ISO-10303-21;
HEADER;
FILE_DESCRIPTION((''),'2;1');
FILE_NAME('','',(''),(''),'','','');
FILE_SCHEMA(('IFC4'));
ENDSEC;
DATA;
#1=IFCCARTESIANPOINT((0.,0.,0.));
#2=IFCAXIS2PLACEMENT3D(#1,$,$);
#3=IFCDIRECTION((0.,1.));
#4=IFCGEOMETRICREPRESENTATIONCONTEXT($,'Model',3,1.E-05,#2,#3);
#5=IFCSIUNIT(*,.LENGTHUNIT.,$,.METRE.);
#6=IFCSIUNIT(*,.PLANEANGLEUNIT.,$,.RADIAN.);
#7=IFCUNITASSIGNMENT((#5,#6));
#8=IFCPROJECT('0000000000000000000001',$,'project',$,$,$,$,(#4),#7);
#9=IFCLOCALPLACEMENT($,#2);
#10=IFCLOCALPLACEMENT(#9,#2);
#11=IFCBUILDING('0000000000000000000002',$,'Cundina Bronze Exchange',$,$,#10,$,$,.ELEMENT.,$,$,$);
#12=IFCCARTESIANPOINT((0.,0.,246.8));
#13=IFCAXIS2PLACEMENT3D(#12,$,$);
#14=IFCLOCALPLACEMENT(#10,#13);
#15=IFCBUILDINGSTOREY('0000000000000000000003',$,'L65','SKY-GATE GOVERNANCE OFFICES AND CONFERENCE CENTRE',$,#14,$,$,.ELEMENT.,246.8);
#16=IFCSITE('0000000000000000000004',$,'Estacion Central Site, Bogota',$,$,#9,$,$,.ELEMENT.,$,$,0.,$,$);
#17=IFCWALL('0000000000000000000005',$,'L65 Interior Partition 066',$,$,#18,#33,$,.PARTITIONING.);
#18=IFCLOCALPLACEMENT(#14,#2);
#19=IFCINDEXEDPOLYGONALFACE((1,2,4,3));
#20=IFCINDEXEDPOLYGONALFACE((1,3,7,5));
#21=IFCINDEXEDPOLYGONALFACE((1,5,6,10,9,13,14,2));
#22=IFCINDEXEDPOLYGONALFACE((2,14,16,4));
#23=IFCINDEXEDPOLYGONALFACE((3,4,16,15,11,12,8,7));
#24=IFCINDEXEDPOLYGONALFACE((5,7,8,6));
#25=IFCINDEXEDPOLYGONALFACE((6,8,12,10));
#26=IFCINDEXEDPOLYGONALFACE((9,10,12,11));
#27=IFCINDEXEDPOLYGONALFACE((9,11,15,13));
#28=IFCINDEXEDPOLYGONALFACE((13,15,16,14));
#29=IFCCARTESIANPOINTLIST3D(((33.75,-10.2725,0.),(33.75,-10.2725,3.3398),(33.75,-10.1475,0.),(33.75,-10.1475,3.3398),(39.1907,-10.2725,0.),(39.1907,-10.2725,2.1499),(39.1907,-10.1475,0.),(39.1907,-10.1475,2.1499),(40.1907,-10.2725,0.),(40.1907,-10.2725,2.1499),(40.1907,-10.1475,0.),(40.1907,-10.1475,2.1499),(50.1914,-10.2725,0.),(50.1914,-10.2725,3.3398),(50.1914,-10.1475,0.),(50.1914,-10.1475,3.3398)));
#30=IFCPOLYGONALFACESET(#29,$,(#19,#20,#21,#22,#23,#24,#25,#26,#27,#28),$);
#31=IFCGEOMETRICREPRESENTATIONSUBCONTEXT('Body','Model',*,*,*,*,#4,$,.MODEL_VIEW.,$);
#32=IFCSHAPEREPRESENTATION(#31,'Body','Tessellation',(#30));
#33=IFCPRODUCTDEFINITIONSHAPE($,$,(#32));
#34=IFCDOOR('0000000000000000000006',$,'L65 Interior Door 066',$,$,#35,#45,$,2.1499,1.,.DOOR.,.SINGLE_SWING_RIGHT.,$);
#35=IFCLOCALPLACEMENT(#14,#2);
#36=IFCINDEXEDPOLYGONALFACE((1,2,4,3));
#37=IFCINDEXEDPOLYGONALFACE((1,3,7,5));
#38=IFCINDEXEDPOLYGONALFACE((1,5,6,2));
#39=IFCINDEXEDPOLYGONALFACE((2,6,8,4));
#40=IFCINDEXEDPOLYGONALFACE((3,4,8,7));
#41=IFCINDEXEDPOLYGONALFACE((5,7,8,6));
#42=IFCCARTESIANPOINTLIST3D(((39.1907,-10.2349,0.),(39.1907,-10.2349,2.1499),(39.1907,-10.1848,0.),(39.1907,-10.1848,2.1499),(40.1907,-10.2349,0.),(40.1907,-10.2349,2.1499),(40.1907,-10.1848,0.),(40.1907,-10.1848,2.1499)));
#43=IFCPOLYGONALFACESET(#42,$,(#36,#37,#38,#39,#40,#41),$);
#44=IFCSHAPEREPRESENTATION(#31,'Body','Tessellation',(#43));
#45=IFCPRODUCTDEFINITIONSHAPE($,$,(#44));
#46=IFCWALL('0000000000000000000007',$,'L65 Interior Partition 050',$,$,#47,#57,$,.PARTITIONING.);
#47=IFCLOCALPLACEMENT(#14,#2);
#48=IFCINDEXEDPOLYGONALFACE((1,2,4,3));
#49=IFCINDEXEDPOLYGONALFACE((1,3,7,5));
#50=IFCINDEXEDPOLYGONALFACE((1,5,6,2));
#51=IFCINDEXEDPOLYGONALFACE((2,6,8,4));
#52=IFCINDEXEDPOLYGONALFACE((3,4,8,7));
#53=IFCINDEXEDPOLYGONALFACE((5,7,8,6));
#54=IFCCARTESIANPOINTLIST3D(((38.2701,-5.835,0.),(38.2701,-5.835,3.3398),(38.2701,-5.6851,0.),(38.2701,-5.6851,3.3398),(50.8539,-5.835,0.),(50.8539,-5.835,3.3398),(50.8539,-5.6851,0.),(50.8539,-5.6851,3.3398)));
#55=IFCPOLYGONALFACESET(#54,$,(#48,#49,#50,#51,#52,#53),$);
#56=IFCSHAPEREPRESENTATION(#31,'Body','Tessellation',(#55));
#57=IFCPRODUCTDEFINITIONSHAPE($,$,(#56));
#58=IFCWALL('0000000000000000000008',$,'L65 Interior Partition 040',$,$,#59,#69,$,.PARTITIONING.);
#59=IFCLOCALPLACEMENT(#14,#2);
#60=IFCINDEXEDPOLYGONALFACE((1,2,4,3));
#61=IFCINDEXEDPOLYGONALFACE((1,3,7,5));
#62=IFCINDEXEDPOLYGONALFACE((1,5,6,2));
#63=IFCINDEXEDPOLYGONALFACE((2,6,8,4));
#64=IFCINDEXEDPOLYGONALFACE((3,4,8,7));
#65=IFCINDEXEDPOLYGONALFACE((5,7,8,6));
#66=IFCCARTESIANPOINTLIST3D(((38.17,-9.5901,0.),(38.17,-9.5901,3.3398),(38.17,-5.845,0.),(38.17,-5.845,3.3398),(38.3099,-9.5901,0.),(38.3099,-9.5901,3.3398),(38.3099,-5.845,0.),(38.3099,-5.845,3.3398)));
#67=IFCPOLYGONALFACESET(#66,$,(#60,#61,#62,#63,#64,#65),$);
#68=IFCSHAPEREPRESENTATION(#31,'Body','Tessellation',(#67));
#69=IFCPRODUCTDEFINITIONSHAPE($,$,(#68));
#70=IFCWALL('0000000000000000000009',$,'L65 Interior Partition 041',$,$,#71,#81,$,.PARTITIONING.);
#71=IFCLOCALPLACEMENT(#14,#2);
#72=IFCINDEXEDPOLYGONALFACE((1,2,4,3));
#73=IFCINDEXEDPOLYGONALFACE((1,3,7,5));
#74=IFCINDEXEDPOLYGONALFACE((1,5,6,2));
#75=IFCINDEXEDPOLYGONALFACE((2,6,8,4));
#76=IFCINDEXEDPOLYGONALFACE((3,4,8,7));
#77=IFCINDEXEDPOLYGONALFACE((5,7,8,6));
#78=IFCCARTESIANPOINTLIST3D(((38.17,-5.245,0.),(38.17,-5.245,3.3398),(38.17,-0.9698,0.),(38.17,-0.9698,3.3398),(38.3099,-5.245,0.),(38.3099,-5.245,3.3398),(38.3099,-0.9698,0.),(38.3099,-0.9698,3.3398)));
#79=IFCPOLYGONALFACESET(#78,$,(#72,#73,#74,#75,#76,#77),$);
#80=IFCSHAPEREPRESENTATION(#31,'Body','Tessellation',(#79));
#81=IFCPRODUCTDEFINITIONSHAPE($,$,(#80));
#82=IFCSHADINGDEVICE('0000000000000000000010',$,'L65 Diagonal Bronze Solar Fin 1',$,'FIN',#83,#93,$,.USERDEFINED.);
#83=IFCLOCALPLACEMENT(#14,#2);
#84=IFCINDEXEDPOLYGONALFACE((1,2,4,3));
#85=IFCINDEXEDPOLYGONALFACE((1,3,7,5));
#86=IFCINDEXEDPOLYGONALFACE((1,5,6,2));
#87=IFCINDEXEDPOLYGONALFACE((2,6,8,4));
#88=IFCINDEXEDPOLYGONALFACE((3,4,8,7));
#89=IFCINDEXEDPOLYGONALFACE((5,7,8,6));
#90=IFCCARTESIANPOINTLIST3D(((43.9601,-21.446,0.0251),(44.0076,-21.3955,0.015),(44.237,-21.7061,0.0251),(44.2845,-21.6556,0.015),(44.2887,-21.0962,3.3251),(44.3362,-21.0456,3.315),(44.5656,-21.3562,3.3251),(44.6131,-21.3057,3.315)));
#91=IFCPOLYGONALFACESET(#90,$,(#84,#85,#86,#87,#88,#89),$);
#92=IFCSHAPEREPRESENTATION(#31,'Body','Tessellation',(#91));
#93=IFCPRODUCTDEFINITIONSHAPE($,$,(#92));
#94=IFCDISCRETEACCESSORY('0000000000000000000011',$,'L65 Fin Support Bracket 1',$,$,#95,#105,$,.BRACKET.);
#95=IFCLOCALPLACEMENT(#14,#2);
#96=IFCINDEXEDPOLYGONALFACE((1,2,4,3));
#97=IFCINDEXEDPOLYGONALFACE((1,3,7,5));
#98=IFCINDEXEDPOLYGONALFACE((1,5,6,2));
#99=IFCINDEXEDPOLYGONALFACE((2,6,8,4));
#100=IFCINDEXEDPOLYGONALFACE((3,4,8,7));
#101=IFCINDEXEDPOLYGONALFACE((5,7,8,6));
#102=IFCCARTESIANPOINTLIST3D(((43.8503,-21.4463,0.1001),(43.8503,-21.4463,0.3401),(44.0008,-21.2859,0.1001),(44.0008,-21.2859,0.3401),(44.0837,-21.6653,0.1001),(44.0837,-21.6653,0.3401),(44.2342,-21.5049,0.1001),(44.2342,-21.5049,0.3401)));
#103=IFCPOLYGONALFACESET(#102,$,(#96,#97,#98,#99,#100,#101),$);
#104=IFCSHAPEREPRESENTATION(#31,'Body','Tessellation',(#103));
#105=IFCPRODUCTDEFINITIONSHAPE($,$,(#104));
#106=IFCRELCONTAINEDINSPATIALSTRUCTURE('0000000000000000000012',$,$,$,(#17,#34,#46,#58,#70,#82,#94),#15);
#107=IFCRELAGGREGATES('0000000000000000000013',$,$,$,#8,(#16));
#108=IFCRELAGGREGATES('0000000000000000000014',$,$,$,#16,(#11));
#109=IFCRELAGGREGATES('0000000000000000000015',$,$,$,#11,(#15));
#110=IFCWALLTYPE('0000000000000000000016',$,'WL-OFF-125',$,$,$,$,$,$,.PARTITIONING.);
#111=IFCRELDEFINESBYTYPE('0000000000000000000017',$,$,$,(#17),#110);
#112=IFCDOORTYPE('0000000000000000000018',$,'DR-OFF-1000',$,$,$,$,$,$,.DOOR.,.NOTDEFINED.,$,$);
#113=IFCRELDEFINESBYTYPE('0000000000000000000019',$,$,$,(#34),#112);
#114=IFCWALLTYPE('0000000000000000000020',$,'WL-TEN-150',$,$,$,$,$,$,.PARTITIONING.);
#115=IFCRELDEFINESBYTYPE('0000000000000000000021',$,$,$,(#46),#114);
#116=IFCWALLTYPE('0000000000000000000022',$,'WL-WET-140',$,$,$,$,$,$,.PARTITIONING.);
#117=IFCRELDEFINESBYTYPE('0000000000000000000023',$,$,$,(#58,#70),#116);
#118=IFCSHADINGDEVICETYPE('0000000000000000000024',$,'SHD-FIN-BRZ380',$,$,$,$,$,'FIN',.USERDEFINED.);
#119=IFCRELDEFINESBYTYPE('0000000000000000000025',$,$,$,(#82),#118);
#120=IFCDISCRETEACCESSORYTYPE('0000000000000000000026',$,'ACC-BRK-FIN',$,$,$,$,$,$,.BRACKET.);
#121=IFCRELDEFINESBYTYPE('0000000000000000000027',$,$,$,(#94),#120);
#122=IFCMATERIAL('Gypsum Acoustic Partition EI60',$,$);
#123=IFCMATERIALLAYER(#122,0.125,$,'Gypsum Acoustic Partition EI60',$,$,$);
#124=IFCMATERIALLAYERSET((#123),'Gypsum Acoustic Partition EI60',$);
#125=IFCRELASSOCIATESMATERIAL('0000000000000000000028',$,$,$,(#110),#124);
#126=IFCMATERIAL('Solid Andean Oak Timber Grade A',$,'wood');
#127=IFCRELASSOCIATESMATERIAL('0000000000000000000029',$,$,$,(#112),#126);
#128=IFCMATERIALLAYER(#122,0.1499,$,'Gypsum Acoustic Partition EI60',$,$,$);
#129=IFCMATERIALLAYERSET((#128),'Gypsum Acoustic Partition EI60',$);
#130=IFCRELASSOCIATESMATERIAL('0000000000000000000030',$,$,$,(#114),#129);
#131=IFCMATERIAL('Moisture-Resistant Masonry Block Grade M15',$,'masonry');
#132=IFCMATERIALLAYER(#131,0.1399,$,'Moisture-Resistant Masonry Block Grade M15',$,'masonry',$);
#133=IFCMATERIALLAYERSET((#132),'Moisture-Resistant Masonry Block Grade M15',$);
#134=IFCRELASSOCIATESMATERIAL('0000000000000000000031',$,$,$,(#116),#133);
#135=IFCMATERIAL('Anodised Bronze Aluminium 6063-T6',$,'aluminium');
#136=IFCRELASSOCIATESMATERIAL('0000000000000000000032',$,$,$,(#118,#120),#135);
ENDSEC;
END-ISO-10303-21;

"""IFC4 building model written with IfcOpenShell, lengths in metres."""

from ifc_helpers import new_model, si_unit, direction, frame, frame_2d, origin, origin_2d, place, context, subcontext, project, spatial, rectangle, extrude, material, layer, layer_set, material_profile, profile_set, type_object, element, fill, save


model = new_model("IFC4")

# Units and contexts
model_context = context("Model", 3, precision=1e-05, world=origin(), true_north=direction((0.0, 1.0)))
body_context = subcontext(model_context, "Body", "Model", "MODEL_VIEW")
ifc_project = project(units=[si_unit("LENGTHUNIT", "METRE"), si_unit("PLANEANGLEUNIT", "RADIAN")], contexts=[model_context])

# Site, building, storey
site_placement = place(None, origin())
site = spatial("IfcSite", under=ifc_project, at=site_placement, Name="Estacion Central Site, Bogota", CompositionType="ELEMENT", RefElevation=0.0)
building_placement = place(site_placement, origin())
building = spatial("IfcBuilding", under=site, at=building_placement, Name="Cundina Bronze Exchange", CompositionType="ELEMENT")
storey_placement = place(building_placement, frame((0.0, 0.0, 246.8)))
storey = spatial("IfcBuildingStorey", under=building, at=storey_placement, Name="L65", Description="SKY-GATE GOVERNANCE OFFICES AND CONFERENCE CENTRE", CompositionType="ELEMENT", Elevation=246.8)

# Shared definitions
ifc_material_1 = material(Name="Anodised Bronze Aluminium 6063-T6", Category="aluminium")

# Shared definitions
ifc_material_2 = material(Name="Gypsum Acoustic Partition EI60")
ifc_layer_1 = layer(ifc_material_2, 0.125, Name="Gypsum Acoustic Partition EI60")
ifc_layer_set_1 = layer_set([ifc_layer_1], Name="Gypsum Acoustic Partition EI60")
wall_type_1 = type_object("IfcWallType", Name="WL-OFF-125", PredefinedType="PARTITIONING", material=ifc_layer_set_1)

# Wall, opening, door
wall_1_placement = place(storey_placement, frame((50.1914, -10.21, 0.0), z_axis=(0.0, 0.0, 1.0), x_axis=(-1.0, 0.0, 0.0)))
wall_1 = element("IfcWall", 1, at=wall_1_placement, inside=storey, type_object=wall_type_1, Name="L65 Interior Partition 066", PredefinedType="PARTITIONING", context=body_context, shape_type="SweptSolid", body=[
    extrude(rectangle(XDim=16.4414, YDim=0.125, at=frame_2d((8.2207, 0.0))), origin(), (0.0, 0.0, 1.0), 3.3398),
])
opening_placement = place(wall_1_placement, frame((10.0007, 0.0, 0.0)))
opening = element("IfcOpeningElement", 2, at=opening_placement, cuts=wall_1, PredefinedType="OPENING", context=body_context, shape_type="SweptSolid", body=[
    extrude(rectangle(XDim=1.0, YDim=2.1499, at=frame_2d((0.5, 1.075))), frame((0.0, 0.0725, 0.0), z_axis=(0.0, -1.0, 0.0), x_axis=(1.0, 0.0, 0.0)), (0.0, 0.0, 1.0), 0.145),
])
ifc_material_3 = material(Name="Solid Andean Oak Timber Grade A", Category="wood")
door_type = type_object("IfcDoorType", Name="DR-OFF-1000", OperationType="NOTDEFINED", PredefinedType="DOOR", material=ifc_material_3)
door_placement = place(opening_placement, origin())
door = element("IfcDoor", 3, at=door_placement, inside=storey, type_object=door_type, Name="L65 Interior Door 066", OperationType="SINGLE_SWING_RIGHT", OverallHeight=2.1499, OverallWidth=1.0, PredefinedType="DOOR", context=body_context, shape_type="SweptSolid", body=[
    extrude(rectangle(XDim=1.0, YDim=2.1499, at=frame_2d((0.5, 1.075))), frame((0.0, 0.0249, 0.0), z_axis=(0.0, -1.0, 0.0), x_axis=(1.0, 0.0, 0.0)), (0.0, 0.0, 1.0), 0.05),
])
fill(opening, door)

# Walls
ifc_layer_2 = layer(ifc_material_2, 0.1499, Name="Gypsum Acoustic Partition EI60")
ifc_layer_set_2 = layer_set([ifc_layer_2], Name="Gypsum Acoustic Partition EI60")
wall_type_2 = type_object("IfcWallType", Name="WL-TEN-150", PredefinedType="PARTITIONING", material=ifc_layer_set_2)
wall_2_placement = place(storey_placement, frame((38.27, -5.76, 0.0), z_axis=(0.0, 0.0, 1.0), x_axis=(1.0, 0.0, 0.0)))
element("IfcWall", 4, at=wall_2_placement, inside=storey, type_object=wall_type_2, Name="L65 Interior Partition 050", PredefinedType="PARTITIONING", context=body_context, shape_type="SweptSolid", body=[
    extrude(rectangle(XDim=12.5837, YDim=0.1499, at=frame_2d((6.292, 0.0))), origin(), (0.0, 0.0, 1.0), 3.3398),
])
ifc_material_4 = material(Name="Moisture-Resistant Masonry Block Grade M15", Category="masonry")
ifc_layer_3 = layer(ifc_material_4, 0.1399, Name="Moisture-Resistant Masonry Block Grade M15", Category="masonry")
ifc_layer_set_3 = layer_set([ifc_layer_3], Name="Moisture-Resistant Masonry Block Grade M15")
wall_type_3 = type_object("IfcWallType", Name="WL-WET-140", PredefinedType="PARTITIONING", material=ifc_layer_set_3)
wall_3_placement = place(storey_placement, frame((38.24, -9.5901, 0.0), z_axis=(0.0, 0.0, 1.0), x_axis=(0.0, 1.0, 0.0)))
element("IfcWall", 5, at=wall_3_placement, inside=storey, type_object=wall_type_3, Name="L65 Interior Partition 040", PredefinedType="PARTITIONING", context=body_context, shape_type="SweptSolid", body=[
    extrude(rectangle(XDim=3.7451, YDim=0.1399, at=frame_2d((1.8726, 0.0))), origin(), (0.0, 0.0, 1.0), 3.3398),
])
wall_4_placement = place(storey_placement, frame((38.24, -5.2451, 0.0), z_axis=(0.0, 0.0, 1.0), x_axis=(0.0, 1.0, 0.0)))
element("IfcWall", 6, at=wall_4_placement, inside=storey, type_object=wall_type_3, Name="L65 Interior Partition 041", PredefinedType="PARTITIONING", context=body_context, shape_type="SweptSolid", body=[
    extrude(rectangle(XDim=4.2751, YDim=0.1399, at=frame_2d((2.1377, 0.0))), origin(), (0.0, 0.0, 1.0), 3.3398),
])

# Shading device
ifc_material_profile_1 = material_profile(ifc_material_1, rectangle(XDim=0.0701, YDim=0.3799, at=origin_2d()), Name="FIN70X380", Category="aluminium")
ifc_profile_set_1 = profile_set([ifc_material_profile_1], Name="Anodised Bronze Aluminium 6063-T6")
shading_device_type = type_object("IfcShadingDeviceType", Name="SHD-FIN-BRZ380", ElementType="FIN", PredefinedType="USERDEFINED", material=ifc_profile_set_1)
shading_device_placement = place(storey_placement, frame((44.1223, -21.5508, 0.02), z_axis=(0.098541, 0.104911, 0.989587), x_axis=(-0.677506, -0.721297, 0.143933)))
element("IfcShadingDevice", 7, at=shading_device_placement, inside=storey, type_object=shading_device_type, Name="L65 Diagonal Bronze Solar Fin 1", ObjectType="FIN", PredefinedType="USERDEFINED", context=body_context, shape_type="SweptSolid", body=[
    extrude(rectangle(XDim=0.0701, YDim=0.3799, at=origin_2d()), origin(), (0.0, 0.0, 1.0), 3.3347),
])

# Discrete accessory
discrete_accessory_type = type_object("IfcDiscreteAccessoryType", Name="ACC-BRK-FIN", PredefinedType="BRACKET", material=ifc_material_1)
discrete_accessory_placement = place(storey_placement, frame((44.0422, -21.4756, 0.1001), z_axis=(0.0, 0.0, 1.0), x_axis=(0.684344, 0.72916, 0.0)))
element("IfcDiscreteAccessory", 8, at=discrete_accessory_placement, inside=storey, type_object=discrete_accessory_type, Name="L65 Fin Support Bracket 1", PredefinedType="BRACKET", context=body_context, shape_type="SweptSolid", body=[
    extrude(rectangle(XDim=0.22, YDim=0.3201, at=origin_2d()), origin(), (0.0, 0.0, 1.0), 0.24),
])

save(model, "model.ifc")
